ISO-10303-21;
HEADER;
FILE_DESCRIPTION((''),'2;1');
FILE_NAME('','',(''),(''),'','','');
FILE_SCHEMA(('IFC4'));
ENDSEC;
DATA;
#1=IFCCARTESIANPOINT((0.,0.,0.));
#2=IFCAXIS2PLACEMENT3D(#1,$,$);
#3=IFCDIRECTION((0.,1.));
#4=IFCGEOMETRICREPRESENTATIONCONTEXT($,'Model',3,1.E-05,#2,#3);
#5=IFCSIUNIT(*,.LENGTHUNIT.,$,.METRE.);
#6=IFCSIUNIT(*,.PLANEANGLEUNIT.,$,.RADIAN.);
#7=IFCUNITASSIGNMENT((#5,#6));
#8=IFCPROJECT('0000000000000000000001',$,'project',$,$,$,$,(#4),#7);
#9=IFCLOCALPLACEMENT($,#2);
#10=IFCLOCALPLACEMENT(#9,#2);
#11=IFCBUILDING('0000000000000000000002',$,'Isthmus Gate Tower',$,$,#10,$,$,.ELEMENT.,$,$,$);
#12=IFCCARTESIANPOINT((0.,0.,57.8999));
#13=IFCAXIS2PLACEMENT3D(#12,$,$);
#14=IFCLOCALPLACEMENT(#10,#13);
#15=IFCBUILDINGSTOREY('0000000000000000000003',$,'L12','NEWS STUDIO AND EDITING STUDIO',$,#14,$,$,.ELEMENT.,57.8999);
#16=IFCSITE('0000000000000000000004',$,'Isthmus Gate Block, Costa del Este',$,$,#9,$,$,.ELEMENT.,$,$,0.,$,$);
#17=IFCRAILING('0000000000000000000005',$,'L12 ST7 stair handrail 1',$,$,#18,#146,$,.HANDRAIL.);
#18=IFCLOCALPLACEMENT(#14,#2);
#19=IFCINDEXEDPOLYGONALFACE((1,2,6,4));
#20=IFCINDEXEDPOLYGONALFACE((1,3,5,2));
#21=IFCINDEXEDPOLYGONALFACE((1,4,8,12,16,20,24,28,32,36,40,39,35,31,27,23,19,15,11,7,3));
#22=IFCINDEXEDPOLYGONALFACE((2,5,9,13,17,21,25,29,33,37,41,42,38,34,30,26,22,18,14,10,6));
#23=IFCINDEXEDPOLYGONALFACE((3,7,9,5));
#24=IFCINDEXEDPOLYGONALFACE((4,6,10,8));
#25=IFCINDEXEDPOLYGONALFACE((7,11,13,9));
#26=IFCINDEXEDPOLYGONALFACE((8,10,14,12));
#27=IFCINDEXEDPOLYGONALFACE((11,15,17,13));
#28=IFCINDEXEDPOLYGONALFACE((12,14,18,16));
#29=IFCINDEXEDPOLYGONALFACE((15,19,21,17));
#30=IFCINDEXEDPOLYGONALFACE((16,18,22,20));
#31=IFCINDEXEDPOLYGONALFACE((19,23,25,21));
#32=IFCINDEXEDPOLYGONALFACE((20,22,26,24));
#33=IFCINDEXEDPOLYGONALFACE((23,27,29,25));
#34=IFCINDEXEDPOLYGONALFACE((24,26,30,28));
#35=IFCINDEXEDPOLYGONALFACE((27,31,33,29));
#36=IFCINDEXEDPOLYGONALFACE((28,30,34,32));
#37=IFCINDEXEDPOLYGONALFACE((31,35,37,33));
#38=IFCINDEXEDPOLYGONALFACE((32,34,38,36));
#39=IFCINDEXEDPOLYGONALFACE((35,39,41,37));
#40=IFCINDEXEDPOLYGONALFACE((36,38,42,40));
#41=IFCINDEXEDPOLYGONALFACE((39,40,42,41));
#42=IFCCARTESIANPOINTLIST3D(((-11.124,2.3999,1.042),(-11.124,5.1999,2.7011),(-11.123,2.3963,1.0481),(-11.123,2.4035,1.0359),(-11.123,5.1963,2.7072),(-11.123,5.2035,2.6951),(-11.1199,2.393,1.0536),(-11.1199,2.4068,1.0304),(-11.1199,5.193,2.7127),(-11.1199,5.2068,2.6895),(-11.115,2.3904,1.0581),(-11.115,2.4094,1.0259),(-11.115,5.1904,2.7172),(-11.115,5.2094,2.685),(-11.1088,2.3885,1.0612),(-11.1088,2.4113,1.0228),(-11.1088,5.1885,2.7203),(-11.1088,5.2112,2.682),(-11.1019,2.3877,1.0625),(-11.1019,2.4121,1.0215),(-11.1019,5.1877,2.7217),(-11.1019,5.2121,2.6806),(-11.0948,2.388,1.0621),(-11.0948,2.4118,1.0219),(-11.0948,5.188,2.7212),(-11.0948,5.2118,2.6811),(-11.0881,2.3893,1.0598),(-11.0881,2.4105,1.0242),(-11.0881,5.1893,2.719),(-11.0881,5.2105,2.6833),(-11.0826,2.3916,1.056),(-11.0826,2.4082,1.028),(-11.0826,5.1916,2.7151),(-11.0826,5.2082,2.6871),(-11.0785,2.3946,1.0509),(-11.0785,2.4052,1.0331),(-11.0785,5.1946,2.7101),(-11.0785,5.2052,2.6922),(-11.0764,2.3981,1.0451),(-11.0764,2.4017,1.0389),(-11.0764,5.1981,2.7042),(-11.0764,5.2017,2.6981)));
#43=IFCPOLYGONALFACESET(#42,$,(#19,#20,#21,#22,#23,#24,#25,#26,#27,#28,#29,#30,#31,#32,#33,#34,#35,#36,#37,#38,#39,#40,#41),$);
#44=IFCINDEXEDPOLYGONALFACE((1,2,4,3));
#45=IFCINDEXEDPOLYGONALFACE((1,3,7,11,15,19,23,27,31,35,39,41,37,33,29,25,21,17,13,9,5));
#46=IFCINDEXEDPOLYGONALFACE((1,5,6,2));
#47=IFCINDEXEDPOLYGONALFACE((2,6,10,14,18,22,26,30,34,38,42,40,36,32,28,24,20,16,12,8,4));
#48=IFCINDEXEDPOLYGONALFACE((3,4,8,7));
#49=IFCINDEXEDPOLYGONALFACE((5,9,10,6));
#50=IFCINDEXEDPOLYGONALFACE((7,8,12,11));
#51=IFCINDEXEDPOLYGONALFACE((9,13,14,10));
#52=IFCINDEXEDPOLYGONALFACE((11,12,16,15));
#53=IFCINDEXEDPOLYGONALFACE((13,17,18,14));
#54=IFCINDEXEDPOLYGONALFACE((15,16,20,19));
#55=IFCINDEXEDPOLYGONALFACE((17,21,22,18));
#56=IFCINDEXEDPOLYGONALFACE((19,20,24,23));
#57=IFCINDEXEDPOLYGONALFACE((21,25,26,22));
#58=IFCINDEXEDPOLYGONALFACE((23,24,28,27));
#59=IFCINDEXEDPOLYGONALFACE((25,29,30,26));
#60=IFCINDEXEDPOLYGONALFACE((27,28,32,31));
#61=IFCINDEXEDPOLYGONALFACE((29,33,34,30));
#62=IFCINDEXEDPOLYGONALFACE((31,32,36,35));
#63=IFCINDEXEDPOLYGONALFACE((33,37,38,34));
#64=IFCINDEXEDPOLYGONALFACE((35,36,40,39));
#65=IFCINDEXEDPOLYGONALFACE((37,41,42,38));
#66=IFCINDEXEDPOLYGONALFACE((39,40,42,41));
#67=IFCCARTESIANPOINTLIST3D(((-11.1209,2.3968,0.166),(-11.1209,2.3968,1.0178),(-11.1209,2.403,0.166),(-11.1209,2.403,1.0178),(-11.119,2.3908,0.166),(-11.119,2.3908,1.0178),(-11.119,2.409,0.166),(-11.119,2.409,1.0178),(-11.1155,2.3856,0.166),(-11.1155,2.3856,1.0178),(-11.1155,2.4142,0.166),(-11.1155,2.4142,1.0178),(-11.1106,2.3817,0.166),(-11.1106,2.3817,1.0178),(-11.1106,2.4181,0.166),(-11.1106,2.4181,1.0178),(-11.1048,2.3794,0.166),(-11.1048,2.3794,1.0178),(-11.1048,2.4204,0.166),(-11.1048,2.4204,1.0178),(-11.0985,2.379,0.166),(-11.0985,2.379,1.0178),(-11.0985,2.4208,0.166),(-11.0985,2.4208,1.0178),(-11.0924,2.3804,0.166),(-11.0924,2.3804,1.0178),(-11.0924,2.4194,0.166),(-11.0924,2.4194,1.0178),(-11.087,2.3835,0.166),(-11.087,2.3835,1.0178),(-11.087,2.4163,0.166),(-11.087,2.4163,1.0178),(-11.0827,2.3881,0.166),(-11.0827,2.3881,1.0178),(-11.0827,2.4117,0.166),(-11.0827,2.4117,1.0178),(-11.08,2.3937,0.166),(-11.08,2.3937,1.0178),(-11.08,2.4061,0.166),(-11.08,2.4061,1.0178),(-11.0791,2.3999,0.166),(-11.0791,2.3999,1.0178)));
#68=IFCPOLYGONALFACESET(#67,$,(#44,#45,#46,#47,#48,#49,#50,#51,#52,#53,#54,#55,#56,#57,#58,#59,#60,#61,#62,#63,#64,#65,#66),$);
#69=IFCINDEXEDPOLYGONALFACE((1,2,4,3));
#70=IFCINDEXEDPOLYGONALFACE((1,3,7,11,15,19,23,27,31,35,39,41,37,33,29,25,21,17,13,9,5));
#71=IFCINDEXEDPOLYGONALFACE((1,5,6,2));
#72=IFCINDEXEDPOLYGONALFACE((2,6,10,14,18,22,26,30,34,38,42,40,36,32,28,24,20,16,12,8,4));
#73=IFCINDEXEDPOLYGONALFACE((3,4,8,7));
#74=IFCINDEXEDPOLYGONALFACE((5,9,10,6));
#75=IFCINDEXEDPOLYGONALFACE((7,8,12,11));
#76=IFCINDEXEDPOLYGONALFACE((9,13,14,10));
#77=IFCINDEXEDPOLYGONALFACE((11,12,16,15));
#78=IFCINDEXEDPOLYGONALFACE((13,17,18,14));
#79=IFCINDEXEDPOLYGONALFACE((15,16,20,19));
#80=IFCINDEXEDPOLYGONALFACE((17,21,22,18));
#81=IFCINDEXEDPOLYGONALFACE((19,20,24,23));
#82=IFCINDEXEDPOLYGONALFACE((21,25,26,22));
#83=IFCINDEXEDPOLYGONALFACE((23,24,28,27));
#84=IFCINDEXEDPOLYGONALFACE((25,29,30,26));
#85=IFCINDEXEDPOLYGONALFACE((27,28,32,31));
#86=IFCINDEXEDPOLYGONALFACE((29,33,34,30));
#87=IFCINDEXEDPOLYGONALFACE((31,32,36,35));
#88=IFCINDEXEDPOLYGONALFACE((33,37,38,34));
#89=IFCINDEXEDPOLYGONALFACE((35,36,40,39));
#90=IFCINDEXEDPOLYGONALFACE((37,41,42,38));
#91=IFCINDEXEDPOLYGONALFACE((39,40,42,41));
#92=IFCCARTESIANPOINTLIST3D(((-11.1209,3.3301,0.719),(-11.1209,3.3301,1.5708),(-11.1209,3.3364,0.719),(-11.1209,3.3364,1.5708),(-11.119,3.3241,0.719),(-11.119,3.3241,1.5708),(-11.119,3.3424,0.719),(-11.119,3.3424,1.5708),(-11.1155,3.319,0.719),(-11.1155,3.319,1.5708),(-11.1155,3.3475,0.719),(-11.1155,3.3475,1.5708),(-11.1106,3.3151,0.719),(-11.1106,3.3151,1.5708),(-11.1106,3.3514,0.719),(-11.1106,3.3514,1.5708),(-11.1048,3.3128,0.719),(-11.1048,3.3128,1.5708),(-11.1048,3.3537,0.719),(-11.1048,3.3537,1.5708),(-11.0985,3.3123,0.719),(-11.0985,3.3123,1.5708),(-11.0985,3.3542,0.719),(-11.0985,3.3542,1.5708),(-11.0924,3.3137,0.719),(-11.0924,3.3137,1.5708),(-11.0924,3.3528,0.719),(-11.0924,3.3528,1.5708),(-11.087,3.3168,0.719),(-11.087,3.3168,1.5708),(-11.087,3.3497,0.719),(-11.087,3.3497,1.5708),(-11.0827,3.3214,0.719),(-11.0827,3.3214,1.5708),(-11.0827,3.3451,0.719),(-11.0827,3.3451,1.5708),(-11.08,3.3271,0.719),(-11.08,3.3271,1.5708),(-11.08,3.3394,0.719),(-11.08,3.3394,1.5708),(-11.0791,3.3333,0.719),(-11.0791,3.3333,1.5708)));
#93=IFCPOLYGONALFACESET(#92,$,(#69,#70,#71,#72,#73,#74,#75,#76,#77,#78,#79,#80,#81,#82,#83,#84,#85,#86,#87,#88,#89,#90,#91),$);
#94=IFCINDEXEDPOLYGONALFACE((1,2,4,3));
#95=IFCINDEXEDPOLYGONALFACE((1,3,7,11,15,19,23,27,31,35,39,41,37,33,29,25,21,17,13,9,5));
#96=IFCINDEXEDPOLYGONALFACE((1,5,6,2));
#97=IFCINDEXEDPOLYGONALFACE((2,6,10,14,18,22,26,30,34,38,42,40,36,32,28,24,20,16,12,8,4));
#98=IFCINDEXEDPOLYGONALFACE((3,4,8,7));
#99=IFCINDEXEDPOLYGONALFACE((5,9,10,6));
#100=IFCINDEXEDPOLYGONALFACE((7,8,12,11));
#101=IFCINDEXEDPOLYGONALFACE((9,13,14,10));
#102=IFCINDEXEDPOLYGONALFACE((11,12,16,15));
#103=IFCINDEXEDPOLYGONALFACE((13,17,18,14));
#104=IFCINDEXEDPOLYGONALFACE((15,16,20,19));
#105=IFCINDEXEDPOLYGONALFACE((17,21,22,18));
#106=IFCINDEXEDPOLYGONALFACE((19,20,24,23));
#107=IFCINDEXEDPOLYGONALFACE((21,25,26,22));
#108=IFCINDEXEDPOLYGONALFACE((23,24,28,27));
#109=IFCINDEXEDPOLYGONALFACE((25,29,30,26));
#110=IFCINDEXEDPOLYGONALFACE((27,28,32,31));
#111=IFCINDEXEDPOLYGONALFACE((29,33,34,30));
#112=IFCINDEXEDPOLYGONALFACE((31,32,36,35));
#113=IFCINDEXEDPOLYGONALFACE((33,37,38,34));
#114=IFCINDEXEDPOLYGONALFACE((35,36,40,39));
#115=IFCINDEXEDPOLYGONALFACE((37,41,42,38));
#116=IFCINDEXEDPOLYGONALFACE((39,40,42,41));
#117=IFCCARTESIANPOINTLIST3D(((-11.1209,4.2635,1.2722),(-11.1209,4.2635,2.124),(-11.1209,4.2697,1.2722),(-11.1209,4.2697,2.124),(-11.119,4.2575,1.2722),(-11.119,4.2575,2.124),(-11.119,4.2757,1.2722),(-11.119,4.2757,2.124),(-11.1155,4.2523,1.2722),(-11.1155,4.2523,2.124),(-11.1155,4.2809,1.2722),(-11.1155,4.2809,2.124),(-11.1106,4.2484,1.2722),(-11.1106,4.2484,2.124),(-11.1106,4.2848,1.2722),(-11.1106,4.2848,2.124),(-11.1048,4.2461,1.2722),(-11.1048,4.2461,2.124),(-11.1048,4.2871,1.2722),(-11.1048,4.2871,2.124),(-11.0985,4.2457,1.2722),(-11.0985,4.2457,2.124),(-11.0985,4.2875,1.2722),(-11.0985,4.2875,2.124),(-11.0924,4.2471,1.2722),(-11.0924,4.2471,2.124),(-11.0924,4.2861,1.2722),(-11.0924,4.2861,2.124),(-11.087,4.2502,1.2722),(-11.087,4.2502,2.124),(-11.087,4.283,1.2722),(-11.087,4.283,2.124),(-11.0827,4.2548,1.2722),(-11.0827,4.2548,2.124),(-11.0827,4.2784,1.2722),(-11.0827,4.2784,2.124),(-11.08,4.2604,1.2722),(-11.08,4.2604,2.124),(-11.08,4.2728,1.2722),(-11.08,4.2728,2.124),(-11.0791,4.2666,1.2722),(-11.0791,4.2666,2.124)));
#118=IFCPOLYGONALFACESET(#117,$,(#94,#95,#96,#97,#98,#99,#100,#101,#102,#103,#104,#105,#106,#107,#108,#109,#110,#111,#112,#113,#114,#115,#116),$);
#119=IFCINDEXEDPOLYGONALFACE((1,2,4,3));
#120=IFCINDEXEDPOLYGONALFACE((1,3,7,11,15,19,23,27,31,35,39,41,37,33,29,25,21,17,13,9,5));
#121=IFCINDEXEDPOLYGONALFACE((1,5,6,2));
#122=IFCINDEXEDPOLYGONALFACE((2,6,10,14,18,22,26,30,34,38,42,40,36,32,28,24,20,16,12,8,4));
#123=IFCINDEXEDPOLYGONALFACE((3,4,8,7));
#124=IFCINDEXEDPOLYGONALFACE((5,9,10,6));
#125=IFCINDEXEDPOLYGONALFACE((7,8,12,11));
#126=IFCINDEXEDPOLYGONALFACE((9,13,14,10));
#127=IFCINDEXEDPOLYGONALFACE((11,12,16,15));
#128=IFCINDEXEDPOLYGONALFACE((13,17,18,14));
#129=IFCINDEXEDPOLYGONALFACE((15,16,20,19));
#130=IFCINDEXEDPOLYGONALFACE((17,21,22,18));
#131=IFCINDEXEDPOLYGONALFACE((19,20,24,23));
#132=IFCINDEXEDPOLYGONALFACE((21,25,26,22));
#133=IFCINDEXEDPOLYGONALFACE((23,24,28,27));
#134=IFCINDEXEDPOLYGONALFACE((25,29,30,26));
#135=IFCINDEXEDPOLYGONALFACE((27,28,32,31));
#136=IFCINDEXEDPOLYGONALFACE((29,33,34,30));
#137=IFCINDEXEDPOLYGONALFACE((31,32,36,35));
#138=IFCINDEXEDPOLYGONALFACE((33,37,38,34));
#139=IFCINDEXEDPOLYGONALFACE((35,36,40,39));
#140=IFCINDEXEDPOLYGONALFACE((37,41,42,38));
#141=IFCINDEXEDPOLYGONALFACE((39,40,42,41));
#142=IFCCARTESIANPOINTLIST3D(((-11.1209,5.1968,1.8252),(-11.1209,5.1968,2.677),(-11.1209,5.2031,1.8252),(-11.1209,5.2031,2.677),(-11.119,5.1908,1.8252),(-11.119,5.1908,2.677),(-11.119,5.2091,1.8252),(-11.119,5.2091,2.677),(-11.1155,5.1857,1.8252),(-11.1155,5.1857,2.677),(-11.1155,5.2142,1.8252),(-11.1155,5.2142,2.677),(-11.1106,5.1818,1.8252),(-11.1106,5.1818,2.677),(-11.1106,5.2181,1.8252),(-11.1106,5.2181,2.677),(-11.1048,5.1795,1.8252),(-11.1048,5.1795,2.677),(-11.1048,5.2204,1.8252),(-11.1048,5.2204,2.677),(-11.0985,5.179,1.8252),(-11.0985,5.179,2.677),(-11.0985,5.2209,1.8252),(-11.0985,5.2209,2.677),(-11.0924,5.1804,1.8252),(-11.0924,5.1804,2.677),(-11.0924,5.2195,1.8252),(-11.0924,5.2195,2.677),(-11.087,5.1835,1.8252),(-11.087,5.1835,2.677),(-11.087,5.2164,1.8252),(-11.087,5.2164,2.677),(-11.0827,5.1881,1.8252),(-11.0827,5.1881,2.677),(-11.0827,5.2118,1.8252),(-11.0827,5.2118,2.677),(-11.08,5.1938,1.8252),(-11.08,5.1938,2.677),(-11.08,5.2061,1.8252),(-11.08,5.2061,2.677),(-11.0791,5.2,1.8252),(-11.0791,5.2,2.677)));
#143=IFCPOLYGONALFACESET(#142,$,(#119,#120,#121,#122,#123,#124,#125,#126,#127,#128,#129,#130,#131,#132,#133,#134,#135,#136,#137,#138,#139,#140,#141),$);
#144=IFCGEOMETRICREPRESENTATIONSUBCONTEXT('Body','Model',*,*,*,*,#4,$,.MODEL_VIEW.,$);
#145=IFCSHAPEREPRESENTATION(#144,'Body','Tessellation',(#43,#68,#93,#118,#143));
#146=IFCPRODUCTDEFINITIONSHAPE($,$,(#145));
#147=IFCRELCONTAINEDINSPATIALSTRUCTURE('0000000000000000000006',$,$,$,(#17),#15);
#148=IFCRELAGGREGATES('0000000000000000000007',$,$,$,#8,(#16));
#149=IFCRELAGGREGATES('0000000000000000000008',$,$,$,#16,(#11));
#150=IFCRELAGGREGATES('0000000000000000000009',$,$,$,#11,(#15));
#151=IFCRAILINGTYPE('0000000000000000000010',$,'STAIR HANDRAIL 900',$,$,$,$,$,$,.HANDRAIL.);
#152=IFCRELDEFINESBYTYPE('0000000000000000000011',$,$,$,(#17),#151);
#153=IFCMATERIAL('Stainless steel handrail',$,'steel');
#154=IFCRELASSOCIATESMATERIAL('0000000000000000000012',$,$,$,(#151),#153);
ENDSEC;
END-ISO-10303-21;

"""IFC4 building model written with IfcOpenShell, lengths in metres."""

from ifc_helpers import new_model, si_unit, direction, frame, origin, origin_2d, place, context, subcontext, project, spatial, circle, extrude, material, type_object, element, save


model = new_model("IFC4")

# Units and contexts
model_context = context("Model", 3, precision=1e-05, world=origin(), true_north=direction((0.0, 1.0)))
body_context = subcontext(model_context, "Body", "Model", "MODEL_VIEW")
ifc_project = project(units=[si_unit("LENGTHUNIT", "METRE"), si_unit("PLANEANGLEUNIT", "RADIAN")], contexts=[model_context])

# Site, building, storey
site_placement = place(None, origin())
site = spatial("IfcSite", under=ifc_project, at=site_placement, Name="Isthmus Gate Block, Costa del Este", CompositionType="ELEMENT", RefElevation=0.0)
building_placement = place(site_placement, origin())
building = spatial("IfcBuilding", under=site, at=building_placement, Name="Isthmus Gate Tower", CompositionType="ELEMENT")
storey_placement = place(building_placement, frame((0.0, 0.0, 57.8999)))
storey = spatial("IfcBuildingStorey", under=building, at=storey_placement, Name="L12", Description="NEWS STUDIO AND EDITING STUDIO", CompositionType="ELEMENT", Elevation=57.8999)

# Railing
ifc_material_1 = material(Name="Stainless steel handrail", Category="steel")
railing_type_1 = type_object("IfcRailingType", Name="STAIR HANDRAIL 900", PredefinedType="HANDRAIL", material=ifc_material_1)
railing_1_placement = place(storey_placement, frame((-11.1001, 2.3999, 0.166)))
element("IfcRailing", 1, at=railing_1_placement, inside=storey, type_object=railing_type_1, Name="L12 ST7 stair handrail 1", PredefinedType="HANDRAIL", context=body_context, shape_type="SweptSolid", body=[
    extrude(circle(Radius=0.0239, at=origin_2d()), frame((0.0, 0.0, 0.876), z_axis=(0.0, 0.860306, 0.509778), x_axis=(-1.0, 0.0, 0.0)), (0.0, 0.0, 1.0), 3.2546),
    extrude(circle(Radius=0.021, at=origin_2d()), origin(), (0.0, 0.0, 1.0), 0.8518),
    extrude(circle(Radius=0.021, at=origin_2d()), frame((0.0, 0.9333, 0.553)), (0.0, 0.0, 1.0), 0.8518),
    extrude(circle(Radius=0.021, at=origin_2d()), frame((0.0, 1.8667, 1.1062)), (0.0, 0.0, 1.0), 0.8518),
    extrude(circle(Radius=0.021, at=origin_2d()), frame((0.0, 2.8, 1.6592)), (0.0, 0.0, 1.0), 0.8518),
])

save(model, "model.ifc")
